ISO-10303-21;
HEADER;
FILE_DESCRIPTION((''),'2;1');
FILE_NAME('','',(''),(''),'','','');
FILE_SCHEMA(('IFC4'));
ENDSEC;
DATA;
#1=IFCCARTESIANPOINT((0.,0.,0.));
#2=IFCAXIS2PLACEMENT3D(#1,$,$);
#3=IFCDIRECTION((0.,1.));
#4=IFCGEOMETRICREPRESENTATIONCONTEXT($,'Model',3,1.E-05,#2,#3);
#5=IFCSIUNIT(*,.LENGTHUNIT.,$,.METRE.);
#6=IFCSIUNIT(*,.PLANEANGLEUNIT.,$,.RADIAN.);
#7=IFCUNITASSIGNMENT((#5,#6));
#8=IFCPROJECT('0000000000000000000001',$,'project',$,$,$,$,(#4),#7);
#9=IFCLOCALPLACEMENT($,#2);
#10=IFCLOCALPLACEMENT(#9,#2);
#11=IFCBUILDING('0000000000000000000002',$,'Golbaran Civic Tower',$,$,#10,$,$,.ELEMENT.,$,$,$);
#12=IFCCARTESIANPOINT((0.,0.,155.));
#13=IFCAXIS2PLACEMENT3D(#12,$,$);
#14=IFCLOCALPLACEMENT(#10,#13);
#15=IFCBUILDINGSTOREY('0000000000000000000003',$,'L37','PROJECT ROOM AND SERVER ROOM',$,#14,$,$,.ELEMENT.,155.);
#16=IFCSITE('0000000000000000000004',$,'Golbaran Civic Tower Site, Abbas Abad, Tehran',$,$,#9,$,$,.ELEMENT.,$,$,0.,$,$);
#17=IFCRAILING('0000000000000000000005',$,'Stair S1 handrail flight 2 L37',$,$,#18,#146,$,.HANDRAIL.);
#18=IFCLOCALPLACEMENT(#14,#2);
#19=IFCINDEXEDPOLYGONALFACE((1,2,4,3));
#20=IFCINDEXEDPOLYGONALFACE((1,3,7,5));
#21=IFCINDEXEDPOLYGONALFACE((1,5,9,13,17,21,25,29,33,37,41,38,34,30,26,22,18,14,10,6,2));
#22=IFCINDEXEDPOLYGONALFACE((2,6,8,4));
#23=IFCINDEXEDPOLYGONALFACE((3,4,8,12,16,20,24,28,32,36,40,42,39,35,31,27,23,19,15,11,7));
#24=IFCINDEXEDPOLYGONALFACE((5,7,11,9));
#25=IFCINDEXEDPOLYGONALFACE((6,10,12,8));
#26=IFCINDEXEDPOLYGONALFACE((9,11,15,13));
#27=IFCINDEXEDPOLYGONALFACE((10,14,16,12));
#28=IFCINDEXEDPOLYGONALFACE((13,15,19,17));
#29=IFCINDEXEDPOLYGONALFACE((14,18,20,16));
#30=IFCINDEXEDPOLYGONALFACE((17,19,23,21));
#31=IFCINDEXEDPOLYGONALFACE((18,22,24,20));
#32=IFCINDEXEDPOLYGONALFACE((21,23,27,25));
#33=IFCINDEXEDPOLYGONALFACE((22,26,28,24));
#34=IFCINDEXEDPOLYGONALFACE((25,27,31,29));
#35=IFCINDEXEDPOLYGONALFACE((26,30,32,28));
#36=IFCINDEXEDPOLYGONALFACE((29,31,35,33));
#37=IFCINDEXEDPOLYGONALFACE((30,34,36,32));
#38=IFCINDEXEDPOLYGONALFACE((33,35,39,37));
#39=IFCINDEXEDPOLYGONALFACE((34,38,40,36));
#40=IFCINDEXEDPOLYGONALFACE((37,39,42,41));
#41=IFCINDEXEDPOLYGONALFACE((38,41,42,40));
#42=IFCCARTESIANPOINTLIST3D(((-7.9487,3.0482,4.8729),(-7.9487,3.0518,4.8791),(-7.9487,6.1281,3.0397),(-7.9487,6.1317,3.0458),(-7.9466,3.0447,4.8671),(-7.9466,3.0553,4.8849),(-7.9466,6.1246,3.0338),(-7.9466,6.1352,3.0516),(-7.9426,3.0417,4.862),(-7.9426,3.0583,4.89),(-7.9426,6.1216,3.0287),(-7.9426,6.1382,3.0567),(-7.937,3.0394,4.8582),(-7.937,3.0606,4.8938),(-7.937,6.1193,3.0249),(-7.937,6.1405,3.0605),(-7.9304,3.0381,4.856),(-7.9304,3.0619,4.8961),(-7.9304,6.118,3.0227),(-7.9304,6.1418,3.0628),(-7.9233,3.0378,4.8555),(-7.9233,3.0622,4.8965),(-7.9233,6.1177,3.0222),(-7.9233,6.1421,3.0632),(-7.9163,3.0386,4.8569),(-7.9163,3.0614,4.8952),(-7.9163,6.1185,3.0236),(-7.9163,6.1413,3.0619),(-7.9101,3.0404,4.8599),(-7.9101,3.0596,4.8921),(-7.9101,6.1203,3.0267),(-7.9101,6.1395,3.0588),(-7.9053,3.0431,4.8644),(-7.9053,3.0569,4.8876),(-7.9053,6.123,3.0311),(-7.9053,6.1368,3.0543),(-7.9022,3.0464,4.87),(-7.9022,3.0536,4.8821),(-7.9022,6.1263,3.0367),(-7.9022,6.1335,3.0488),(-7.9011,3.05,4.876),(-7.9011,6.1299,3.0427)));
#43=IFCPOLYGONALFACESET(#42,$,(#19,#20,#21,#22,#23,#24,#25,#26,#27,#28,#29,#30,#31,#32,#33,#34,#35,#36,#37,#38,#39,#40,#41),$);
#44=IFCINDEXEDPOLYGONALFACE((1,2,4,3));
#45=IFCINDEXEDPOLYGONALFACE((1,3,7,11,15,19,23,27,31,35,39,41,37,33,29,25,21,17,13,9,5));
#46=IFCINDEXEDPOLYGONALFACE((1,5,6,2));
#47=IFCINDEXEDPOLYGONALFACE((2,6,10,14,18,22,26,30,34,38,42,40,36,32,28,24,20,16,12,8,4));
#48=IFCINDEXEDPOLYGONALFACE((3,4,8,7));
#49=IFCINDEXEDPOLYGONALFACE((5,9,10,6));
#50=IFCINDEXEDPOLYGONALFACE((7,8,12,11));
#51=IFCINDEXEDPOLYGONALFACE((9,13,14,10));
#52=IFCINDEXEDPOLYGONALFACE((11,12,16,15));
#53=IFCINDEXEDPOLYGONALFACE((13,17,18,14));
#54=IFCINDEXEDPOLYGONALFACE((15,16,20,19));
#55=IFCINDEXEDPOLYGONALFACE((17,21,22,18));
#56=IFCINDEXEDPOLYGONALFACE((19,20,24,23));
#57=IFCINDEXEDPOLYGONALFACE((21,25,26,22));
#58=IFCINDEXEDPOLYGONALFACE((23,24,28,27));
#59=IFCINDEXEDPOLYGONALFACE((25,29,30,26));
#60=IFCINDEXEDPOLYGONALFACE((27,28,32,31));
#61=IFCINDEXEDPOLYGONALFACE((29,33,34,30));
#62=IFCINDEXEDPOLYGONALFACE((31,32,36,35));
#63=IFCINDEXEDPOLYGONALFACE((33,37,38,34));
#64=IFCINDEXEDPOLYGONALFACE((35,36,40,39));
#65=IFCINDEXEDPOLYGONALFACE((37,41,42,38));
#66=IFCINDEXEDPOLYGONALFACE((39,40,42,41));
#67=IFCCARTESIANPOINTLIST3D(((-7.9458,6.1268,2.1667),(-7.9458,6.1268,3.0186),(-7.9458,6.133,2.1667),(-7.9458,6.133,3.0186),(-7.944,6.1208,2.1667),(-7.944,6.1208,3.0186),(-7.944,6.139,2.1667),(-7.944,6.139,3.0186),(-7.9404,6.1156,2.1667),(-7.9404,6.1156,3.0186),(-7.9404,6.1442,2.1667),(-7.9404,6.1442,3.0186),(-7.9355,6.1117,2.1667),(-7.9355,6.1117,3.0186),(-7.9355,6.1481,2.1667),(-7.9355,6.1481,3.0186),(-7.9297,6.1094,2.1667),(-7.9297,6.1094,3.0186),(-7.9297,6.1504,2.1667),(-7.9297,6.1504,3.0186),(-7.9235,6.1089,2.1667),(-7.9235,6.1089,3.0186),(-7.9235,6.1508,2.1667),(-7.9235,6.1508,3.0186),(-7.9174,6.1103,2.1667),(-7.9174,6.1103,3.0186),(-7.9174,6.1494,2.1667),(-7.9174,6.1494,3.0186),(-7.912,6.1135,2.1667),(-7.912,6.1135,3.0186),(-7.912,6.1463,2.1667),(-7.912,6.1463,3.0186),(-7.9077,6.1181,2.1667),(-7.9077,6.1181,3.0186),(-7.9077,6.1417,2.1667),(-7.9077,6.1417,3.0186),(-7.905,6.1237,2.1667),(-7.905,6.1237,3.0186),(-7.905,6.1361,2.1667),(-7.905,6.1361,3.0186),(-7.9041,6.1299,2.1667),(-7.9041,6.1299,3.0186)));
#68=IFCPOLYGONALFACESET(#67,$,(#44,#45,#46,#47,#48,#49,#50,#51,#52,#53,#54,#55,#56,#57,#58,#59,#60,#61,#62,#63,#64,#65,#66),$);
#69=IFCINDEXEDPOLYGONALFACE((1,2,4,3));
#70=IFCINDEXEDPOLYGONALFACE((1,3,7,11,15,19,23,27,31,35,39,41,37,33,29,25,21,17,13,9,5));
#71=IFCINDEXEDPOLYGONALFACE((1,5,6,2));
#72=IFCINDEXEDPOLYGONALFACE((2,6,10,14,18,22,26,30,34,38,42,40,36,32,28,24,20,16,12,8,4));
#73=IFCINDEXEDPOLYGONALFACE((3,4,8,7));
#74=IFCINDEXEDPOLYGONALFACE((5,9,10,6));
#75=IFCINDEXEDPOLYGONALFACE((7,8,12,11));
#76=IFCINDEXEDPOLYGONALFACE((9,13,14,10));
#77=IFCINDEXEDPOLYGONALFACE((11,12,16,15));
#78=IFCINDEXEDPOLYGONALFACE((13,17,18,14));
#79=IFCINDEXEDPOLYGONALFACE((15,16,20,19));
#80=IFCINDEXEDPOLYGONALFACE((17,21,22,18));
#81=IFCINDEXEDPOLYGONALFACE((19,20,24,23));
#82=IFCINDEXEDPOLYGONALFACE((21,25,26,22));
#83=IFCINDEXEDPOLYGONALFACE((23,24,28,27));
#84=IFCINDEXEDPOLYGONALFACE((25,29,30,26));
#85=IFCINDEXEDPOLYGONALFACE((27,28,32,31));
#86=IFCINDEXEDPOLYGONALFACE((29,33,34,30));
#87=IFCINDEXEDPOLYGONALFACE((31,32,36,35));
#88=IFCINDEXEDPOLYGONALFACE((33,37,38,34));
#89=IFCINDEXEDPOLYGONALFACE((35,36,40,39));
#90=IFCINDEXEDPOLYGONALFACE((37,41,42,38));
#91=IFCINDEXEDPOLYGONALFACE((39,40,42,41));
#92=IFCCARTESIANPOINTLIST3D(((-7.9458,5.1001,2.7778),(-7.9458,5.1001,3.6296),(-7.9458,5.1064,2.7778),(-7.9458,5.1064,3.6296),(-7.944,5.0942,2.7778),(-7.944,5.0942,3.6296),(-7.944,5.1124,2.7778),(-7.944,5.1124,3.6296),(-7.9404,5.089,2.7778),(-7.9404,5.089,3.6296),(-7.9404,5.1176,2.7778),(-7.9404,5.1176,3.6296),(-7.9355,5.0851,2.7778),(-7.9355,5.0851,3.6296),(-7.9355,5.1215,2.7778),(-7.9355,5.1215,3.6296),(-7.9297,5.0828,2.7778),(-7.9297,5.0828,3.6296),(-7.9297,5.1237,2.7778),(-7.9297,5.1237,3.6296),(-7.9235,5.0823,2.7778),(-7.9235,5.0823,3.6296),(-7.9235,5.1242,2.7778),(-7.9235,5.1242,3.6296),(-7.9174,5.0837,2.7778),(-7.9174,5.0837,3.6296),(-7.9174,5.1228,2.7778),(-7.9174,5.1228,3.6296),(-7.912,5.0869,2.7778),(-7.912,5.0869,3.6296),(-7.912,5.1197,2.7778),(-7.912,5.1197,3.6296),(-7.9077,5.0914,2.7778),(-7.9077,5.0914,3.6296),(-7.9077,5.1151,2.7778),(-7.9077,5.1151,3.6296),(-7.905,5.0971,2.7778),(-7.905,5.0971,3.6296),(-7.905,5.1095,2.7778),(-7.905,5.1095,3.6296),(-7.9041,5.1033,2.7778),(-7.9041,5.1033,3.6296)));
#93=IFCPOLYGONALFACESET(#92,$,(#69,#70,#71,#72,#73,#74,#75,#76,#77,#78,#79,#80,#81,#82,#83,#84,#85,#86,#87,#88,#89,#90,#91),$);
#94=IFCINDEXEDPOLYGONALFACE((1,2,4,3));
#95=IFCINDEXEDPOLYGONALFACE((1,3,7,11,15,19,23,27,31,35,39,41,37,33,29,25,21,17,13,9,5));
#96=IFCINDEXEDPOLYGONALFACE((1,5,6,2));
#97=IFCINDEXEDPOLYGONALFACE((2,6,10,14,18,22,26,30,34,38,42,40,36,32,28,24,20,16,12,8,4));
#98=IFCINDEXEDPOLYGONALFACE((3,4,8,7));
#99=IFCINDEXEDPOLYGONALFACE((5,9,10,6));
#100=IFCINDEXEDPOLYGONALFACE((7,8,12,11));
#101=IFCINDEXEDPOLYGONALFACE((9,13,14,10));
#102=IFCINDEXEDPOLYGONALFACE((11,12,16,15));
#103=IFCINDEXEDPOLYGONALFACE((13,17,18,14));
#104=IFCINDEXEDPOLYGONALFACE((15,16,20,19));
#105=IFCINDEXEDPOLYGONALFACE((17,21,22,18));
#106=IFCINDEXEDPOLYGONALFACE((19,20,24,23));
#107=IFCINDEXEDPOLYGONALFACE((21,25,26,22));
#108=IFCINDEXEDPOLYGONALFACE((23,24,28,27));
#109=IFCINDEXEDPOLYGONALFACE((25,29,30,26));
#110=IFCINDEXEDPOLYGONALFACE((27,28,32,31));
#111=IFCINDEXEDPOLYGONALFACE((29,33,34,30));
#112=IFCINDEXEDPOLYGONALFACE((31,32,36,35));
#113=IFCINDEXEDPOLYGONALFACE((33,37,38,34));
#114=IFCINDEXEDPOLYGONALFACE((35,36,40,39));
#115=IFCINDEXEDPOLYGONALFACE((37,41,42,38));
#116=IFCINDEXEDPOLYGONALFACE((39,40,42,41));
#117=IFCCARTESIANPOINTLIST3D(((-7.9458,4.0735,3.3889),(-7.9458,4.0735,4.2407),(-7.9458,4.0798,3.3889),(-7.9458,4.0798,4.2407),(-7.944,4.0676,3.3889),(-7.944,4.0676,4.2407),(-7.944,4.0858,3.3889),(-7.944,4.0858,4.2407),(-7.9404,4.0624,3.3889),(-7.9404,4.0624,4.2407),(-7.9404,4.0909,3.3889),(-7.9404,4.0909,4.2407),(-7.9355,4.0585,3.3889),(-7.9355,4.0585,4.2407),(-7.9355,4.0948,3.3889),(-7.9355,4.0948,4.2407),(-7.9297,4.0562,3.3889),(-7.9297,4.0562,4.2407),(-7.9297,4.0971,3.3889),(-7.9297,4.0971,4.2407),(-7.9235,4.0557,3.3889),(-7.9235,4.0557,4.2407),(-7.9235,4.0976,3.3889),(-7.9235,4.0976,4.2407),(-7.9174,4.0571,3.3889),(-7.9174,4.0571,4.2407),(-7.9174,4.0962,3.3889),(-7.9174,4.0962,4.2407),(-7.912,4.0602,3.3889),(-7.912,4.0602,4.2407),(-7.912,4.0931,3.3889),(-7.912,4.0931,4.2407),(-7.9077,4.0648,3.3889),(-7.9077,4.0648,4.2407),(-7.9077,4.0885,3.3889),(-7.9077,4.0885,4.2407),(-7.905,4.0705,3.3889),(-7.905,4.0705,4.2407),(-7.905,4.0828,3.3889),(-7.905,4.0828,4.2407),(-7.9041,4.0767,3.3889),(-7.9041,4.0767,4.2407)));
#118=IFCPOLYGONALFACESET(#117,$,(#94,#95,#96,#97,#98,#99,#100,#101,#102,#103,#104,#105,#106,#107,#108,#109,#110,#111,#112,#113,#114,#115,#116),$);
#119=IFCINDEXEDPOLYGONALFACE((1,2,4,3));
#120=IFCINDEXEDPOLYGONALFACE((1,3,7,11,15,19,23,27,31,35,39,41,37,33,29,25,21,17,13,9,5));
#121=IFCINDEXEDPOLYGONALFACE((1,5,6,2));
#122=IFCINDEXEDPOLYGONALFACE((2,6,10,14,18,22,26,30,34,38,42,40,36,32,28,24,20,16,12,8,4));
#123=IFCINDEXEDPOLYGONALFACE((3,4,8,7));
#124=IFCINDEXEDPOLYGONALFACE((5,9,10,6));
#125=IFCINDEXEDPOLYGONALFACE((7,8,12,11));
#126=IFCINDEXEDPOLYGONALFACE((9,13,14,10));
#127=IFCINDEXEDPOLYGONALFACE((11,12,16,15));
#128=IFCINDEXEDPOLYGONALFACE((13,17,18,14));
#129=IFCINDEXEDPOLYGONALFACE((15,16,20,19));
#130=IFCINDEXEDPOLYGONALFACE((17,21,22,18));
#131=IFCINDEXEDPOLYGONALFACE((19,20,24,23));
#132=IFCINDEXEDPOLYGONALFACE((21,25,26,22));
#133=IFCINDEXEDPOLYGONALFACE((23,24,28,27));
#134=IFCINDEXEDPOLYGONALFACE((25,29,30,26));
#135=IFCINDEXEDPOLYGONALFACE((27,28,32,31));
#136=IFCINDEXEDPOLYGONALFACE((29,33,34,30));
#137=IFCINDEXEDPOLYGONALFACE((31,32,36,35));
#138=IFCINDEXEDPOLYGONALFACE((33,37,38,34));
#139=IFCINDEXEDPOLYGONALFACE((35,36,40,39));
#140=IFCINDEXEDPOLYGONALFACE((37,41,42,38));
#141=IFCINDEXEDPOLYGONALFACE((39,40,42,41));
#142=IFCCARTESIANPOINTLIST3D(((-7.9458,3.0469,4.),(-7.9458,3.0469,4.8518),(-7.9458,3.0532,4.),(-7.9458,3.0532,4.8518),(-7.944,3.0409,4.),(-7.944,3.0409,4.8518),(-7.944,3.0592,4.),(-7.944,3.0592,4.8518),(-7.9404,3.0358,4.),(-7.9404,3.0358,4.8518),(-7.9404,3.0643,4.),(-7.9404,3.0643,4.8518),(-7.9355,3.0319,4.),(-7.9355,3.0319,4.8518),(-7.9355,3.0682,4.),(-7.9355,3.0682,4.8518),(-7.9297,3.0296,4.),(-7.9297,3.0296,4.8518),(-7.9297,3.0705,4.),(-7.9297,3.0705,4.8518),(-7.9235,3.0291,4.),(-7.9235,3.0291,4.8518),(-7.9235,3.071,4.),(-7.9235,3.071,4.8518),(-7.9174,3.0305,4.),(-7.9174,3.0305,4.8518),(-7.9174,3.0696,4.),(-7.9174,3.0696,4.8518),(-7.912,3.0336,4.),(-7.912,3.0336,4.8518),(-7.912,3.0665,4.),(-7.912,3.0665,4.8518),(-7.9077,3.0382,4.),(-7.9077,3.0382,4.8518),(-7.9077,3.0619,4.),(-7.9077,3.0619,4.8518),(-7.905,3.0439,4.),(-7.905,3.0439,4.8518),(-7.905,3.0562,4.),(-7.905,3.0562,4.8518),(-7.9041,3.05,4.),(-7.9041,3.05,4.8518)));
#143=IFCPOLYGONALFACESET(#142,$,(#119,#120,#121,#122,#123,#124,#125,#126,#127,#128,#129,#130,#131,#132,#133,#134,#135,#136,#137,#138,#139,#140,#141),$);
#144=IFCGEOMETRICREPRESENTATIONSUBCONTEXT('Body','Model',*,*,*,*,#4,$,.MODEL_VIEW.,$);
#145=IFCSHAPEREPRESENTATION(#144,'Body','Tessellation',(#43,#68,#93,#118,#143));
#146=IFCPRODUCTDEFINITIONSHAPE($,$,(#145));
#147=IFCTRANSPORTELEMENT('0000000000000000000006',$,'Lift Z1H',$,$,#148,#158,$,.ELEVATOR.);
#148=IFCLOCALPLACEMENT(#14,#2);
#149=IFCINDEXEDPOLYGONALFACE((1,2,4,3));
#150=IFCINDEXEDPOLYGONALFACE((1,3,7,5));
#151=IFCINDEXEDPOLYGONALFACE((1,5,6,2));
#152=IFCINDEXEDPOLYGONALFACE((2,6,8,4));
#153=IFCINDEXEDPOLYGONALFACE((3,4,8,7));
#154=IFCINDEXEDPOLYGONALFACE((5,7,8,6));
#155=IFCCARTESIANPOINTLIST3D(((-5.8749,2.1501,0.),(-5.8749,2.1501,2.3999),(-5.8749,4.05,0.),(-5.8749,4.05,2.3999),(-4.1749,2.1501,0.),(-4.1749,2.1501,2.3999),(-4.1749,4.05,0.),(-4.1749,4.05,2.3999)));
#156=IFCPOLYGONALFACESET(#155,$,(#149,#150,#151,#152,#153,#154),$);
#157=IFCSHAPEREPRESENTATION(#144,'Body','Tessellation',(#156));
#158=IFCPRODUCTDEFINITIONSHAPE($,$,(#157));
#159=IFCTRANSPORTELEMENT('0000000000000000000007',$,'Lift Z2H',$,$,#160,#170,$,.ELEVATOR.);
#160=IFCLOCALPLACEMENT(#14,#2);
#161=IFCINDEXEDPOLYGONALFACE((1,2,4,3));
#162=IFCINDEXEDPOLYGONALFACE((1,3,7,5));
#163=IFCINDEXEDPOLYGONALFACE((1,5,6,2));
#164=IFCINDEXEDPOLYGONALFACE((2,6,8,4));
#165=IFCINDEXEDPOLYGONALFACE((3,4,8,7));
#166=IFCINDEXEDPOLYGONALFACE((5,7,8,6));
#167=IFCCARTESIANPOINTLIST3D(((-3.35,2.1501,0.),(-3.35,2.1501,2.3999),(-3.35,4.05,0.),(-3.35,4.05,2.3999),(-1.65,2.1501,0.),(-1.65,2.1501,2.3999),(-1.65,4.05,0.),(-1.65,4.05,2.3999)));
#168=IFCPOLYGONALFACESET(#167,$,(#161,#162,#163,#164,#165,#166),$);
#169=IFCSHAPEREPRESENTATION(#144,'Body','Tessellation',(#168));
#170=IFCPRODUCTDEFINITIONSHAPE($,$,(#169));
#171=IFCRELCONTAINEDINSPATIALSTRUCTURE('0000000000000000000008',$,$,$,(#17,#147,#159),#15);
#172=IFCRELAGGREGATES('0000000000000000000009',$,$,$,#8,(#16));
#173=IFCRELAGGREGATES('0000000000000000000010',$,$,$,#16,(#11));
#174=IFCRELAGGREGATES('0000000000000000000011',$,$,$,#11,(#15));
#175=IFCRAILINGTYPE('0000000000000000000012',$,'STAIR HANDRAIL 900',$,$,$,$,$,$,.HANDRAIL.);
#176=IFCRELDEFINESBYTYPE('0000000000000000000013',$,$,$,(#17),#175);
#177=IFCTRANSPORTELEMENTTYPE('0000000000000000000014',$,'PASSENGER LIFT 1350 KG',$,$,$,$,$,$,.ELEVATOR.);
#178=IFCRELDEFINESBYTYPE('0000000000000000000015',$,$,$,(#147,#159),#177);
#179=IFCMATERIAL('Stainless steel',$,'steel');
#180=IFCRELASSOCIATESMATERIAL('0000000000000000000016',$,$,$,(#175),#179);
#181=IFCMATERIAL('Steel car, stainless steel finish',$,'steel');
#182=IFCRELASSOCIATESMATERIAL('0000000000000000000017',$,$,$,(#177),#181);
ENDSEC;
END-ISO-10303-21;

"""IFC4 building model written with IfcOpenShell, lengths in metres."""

from ifc_helpers import new_model, si_unit, direction, frame, origin, origin_2d, place, context, subcontext, project, spatial, rectangle, circle, extrude, material, type_object, element, save


model = new_model("IFC4")

# Units and contexts
model_context = context("Model", 3, precision=1e-05, world=origin(), true_north=direction((0.0, 1.0)))
body_context = subcontext(model_context, "Body", "Model", "MODEL_VIEW")
ifc_project = project(units=[si_unit("LENGTHUNIT", "METRE"), si_unit("PLANEANGLEUNIT", "RADIAN")], contexts=[model_context])

# Site, building, storey
site_placement = place(None, origin())
site = spatial("IfcSite", under=ifc_project, at=site_placement, Name="Golbaran Civic Tower Site, Abbas Abad, Tehran", CompositionType="ELEMENT", RefElevation=0.0)
building_placement = place(site_placement, origin())
building = spatial("IfcBuilding", under=site, at=building_placement, Name="Golbaran Civic Tower", CompositionType="ELEMENT")
storey_placement = place(building_placement, frame((0.0, 0.0, 155.0)))
storey = spatial("IfcBuildingStorey", under=building, at=storey_placement, Name="L37", Description="PROJECT ROOM AND SERVER ROOM", CompositionType="ELEMENT", Elevation=155.0)

# Shared definitions
ifc_material_1 = material(Name="Stainless steel", Category="steel")

# Railing
railing_type = type_object("IfcRailingType", Name="STAIR HANDRAIL 900", PredefinedType="HANDRAIL", material=ifc_material_1)
railing_placement = place(storey_placement, frame((-7.925, 6.1299, 2.1667)))
element("IfcRailing", 1, at=railing_placement, inside=storey, type_object=railing_type, Name="Stair S1 handrail flight 2 L37", PredefinedType="HANDRAIL", context=body_context, shape_type="SweptSolid", body=[
    extrude(circle(Radius=0.0239, at=origin_2d()), frame((0.0, 0.0, 0.876), z_axis=(0.0, -0.859291, 0.511487), x_axis=(1.0, 0.0, 0.0)), (0.0, 0.0, 1.0), 3.5842),
    extrude(circle(Radius=0.021, at=origin_2d()), origin(), (0.0, 0.0, 1.0), 0.8518),
    extrude(circle(Radius=0.021, at=origin_2d()), frame((0.0, -1.0266, 0.6111)), (0.0, 0.0, 1.0), 0.8518),
    extrude(circle(Radius=0.021, at=origin_2d()), frame((0.0, -2.0532, 1.2222)), (0.0, 0.0, 1.0), 0.8518),
    extrude(circle(Radius=0.021, at=origin_2d()), frame((0.0, -3.0798, 1.8333)), (0.0, 0.0, 1.0), 0.8518),
])

# Transport elements
ifc_material_2 = material(Name="Steel car, stainless steel finish", Category="steel")
transport_element_type = type_object("IfcTransportElementType", Name="PASSENGER LIFT 1350 KG", PredefinedType="ELEVATOR", material=ifc_material_2)
for number, where, z_axis, x_axis, name in (
    (2, (-5.0249, 3.1001, 0.0), (0.0, 0.0, 1.0), (1.0, 0.0, 0.0), "Lift Z1H"),
    (3, (-2.5, 3.1001, 0.0), (0.0, 0.0, 1.0), (1.0, 0.0, 0.0), "Lift Z2H"),
):
    element("IfcTransportElement", number, at=place(storey_placement, frame(where, z_axis=z_axis, x_axis=x_axis)), inside=storey, type_object=transport_element_type, Name=name, PredefinedType="ELEVATOR", context=body_context, shape_type="SweptSolid", body=[
        extrude(rectangle(XDim=1.7, YDim=1.8999, at=origin_2d()), origin(), (0.0, 0.0, 1.0), 2.3999),
    ])

save(model, "model.ifc")
